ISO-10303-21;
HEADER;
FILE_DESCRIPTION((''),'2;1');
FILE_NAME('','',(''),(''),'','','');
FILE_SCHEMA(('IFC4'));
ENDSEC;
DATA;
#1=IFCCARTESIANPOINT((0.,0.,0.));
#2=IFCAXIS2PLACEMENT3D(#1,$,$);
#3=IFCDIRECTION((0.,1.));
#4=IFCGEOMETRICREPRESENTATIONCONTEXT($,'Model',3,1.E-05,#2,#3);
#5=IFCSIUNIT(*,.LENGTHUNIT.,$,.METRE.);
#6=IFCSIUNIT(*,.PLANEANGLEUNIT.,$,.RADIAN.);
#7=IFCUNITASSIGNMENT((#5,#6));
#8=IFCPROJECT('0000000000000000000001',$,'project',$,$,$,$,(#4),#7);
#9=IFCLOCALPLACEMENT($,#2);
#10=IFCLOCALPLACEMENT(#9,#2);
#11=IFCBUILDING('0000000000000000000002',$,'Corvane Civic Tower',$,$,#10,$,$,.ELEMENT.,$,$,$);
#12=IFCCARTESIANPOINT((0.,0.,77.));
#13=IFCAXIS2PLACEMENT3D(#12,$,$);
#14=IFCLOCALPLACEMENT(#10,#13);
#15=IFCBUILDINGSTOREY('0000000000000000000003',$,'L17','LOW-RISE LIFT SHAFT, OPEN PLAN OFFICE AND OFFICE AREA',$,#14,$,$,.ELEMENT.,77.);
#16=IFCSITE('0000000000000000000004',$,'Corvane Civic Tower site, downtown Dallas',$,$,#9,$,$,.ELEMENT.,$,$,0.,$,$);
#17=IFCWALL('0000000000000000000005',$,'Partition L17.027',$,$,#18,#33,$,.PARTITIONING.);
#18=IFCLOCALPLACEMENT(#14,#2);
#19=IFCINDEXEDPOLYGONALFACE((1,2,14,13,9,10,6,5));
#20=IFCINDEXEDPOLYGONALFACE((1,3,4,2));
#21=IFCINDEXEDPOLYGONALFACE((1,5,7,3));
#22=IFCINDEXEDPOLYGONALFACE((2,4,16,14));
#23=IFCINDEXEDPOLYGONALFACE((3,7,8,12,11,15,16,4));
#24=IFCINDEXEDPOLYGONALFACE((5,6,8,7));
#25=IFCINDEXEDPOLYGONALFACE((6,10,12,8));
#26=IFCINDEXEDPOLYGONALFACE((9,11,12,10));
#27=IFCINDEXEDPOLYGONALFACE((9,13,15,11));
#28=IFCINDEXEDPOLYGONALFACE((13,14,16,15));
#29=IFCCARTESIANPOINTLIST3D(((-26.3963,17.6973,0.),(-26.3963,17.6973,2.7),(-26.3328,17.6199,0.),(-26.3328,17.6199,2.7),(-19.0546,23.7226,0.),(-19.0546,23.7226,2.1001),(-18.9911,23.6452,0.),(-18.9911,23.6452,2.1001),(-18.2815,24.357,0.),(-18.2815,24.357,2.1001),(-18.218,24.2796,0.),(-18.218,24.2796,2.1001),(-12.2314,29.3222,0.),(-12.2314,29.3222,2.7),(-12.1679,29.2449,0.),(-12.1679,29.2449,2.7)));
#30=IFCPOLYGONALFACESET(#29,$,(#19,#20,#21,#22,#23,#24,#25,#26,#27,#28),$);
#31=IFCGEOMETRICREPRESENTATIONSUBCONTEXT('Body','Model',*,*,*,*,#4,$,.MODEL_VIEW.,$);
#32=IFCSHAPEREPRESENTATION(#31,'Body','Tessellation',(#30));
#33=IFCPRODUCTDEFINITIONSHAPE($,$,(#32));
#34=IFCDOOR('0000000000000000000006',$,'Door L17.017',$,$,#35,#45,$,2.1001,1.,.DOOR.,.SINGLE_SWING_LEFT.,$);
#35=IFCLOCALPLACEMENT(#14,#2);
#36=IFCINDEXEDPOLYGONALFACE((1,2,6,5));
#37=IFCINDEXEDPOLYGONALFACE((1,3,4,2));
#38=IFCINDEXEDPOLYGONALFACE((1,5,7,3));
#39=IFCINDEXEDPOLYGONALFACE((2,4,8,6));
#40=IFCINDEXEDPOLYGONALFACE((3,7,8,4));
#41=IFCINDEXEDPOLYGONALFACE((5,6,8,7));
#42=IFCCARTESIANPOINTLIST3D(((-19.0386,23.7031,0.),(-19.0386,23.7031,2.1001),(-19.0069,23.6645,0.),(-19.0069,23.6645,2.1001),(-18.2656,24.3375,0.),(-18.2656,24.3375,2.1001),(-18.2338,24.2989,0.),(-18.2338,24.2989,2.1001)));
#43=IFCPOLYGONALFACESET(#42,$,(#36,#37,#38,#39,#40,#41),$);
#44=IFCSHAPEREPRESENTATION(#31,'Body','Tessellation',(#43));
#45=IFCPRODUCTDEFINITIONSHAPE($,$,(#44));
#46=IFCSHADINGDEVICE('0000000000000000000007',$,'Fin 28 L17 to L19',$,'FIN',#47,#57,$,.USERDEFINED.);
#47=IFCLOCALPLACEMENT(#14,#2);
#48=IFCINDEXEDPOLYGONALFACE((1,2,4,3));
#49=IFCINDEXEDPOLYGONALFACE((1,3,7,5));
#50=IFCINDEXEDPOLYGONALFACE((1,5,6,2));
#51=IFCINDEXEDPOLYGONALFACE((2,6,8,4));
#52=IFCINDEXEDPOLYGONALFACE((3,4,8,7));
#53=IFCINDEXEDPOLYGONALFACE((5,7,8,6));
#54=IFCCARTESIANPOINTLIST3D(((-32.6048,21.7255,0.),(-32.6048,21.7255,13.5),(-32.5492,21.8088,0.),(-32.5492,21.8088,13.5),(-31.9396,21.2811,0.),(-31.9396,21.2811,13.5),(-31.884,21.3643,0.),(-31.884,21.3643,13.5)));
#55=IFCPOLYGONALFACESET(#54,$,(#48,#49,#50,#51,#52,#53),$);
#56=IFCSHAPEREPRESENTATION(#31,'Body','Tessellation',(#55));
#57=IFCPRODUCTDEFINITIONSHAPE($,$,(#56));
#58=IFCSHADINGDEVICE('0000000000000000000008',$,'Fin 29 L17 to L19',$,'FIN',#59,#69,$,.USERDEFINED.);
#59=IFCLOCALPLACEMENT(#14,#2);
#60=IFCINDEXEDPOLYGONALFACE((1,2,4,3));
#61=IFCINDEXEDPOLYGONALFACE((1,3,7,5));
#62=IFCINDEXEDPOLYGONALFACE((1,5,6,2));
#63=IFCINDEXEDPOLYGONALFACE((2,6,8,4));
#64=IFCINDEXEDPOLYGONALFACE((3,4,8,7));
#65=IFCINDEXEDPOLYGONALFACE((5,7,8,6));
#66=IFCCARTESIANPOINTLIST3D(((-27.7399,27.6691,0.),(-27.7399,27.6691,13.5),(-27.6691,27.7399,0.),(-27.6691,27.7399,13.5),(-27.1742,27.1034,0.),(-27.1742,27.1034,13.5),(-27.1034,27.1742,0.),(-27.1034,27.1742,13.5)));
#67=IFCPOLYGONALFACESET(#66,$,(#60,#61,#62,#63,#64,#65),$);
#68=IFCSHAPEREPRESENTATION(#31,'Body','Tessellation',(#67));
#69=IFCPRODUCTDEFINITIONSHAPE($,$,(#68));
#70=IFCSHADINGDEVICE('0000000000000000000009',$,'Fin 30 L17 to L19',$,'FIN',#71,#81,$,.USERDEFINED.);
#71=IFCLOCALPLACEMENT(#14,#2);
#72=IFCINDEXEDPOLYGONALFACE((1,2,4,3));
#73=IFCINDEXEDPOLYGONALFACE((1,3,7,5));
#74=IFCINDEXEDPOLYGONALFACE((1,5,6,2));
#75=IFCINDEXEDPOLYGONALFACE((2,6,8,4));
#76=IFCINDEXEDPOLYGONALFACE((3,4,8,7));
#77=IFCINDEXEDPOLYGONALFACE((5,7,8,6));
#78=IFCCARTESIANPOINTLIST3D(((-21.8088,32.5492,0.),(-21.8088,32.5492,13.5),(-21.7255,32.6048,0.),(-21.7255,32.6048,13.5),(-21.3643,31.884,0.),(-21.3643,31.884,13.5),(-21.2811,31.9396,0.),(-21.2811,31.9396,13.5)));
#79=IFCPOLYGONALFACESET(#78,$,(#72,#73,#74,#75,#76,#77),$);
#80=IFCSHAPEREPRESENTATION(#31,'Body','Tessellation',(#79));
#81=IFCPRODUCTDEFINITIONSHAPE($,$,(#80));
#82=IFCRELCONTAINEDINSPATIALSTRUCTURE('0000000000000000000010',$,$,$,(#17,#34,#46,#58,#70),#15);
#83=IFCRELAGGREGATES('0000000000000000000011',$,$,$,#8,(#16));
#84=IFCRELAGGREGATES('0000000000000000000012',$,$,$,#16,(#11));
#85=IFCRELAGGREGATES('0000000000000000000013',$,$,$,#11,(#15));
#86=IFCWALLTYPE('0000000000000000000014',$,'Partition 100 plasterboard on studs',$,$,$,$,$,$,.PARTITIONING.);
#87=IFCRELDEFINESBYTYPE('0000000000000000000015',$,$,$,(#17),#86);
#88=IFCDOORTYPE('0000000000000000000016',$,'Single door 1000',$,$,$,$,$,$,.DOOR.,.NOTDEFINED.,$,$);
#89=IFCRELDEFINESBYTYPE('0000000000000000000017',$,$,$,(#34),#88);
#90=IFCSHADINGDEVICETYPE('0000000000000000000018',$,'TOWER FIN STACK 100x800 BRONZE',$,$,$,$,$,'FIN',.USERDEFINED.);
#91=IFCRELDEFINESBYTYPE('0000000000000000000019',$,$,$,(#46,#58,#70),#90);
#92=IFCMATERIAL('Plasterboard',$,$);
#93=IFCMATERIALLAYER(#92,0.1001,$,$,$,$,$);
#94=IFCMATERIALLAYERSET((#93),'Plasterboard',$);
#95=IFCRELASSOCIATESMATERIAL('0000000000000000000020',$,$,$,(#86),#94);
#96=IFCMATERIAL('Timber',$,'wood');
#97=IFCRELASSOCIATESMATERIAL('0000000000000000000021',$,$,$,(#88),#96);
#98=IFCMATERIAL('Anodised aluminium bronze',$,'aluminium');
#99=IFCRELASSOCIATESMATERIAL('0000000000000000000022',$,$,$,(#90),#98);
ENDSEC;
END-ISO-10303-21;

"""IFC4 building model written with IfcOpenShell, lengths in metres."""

from ifc_helpers import new_model, si_unit, direction, frame, frame_2d, origin, origin_2d, place, context, subcontext, project, spatial, rectangle, extrude, material, layer, layer_set, material_profile, profile_set, type_object, element, fill, save


model = new_model("IFC4")

# Units and contexts
model_context = context("Model", 3, precision=1e-05, world=origin(), true_north=direction((0.0, 1.0)))
body_context = subcontext(model_context, "Body", "Model", "MODEL_VIEW")
ifc_project = project(units=[si_unit("LENGTHUNIT", "METRE"), si_unit("PLANEANGLEUNIT", "RADIAN")], contexts=[model_context])

# Site, building, storey
site_placement = place(None, origin())
site = spatial("IfcSite", under=ifc_project, at=site_placement, Name="Corvane Civic Tower site, downtown Dallas", CompositionType="ELEMENT", RefElevation=0.0)
building_placement = place(site_placement, origin())
building = spatial("IfcBuilding", under=site, at=building_placement, Name="Corvane Civic Tower", CompositionType="ELEMENT")
storey_placement = place(building_placement, frame((0.0, 0.0, 77.0)))
storey = spatial("IfcBuildingStorey", under=building, at=storey_placement, Name="L17", Description="LOW-RISE LIFT SHAFT, OPEN PLAN OFFICE AND OFFICE AREA", CompositionType="ELEMENT", Elevation=77.0)

# Shared definitions
ifc_material_1 = material(Name="Plasterboard")
ifc_layer_1 = layer(ifc_material_1, 0.1001)
ifc_layer_set_1 = layer_set([ifc_layer_1], Name="Plasterboard")
wall_type = type_object("IfcWallType", Name="Partition 100 plasterboard on studs", PredefinedType="PARTITIONING", material=ifc_layer_set_1)

# Wall, opening, door
wall_1_placement = place(storey_placement, frame((-26.3645, 17.6587, 0.0), z_axis=(0.0, 0.0, 1.0), x_axis=(0.773009, 0.634395, 0.0)))
wall_1 = element("IfcWall", 1, at=wall_1_placement, inside=storey, type_object=wall_type, Name="Partition L17.027", PredefinedType="PARTITIONING", context=body_context, shape_type="SweptSolid", body=[
    extrude(rectangle(XDim=18.3245, YDim=0.1001, at=frame_2d((9.1621, 0.0))), origin(), (0.0, 0.0, 1.0), 2.7),
])
opening_placement = place(wall_1_placement, frame((9.4976, 0.0, 0.0)))
opening = element("IfcOpeningElement", 2, at=opening_placement, cuts=wall_1, PredefinedType="OPENING", context=body_context, shape_type="SweptSolid", body=[
    extrude(rectangle(XDim=1.0, YDim=2.1001, at=frame_2d((0.5, 1.05))), frame((0.0, 0.0601, 0.0), z_axis=(0.0, -1.0, 0.0), x_axis=(1.0, 0.0, 0.0)), (0.0, 0.0, 1.0), 0.1201),
])
ifc_material_2 = material(Name="Timber", Category="wood")
door_type = type_object("IfcDoorType", Name="Single door 1000", OperationType="NOTDEFINED", PredefinedType="DOOR", material=ifc_material_2)
door_placement = place(opening_placement, origin())
door = element("IfcDoor", 3, at=door_placement, inside=storey, type_object=door_type, Name="Door L17.017", OperationType="SINGLE_SWING_LEFT", OverallHeight=2.1001, OverallWidth=1.0, PredefinedType="DOOR", context=body_context, shape_type="SweptSolid", body=[
    extrude(rectangle(XDim=1.0, YDim=2.1001, at=frame_2d((0.5, 1.05))), frame((0.0, 0.0249, 0.0), z_axis=(0.0, -1.0, 0.0), x_axis=(1.0, 0.0, 0.0)), (0.0, 0.0, 1.0), 0.05),
])
fill(opening, door)

# Shading devices
ifc_material_3 = material(Name="Anodised aluminium bronze", Category="aluminium")
ifc_material_profile_1 = material_profile(ifc_material_3, rectangle(XDim=0.1001, YDim=0.8, at=origin_2d()), Name="TOWER FIN STACK 100x800 BRONZE")
ifc_profile_set_1 = profile_set([ifc_material_profile_1], Name="Anodised aluminium bronze")
shading_device_type = type_object("IfcShadingDeviceType", Name="TOWER FIN STACK 100x800 BRONZE", ElementType="FIN", PredefinedType="USERDEFINED", material=ifc_profile_set_1)
for number, where, z_axis, x_axis, name in (
    (4, (-32.2444, 21.5449, 0.0), (0.0, 0.0, 1.0), (0.55557, 0.83147, 0.0), "Fin 28 L17 to L19"),
    (5, (-27.4216, 27.4216, 0.0), (0.0, 0.0, 1.0), (0.707107, 0.707107, 0.0), "Fin 29 L17 to L19"),
    (6, (-21.5449, 32.2444, 0.0), (0.0, 0.0, 1.0), (0.83147, 0.55557, 0.0), "Fin 30 L17 to L19"),
):
    element("IfcShadingDevice", number, at=place(storey_placement, frame(where, z_axis=z_axis, x_axis=x_axis)), inside=storey, type_object=shading_device_type, Name=name, ObjectType="FIN", PredefinedType="USERDEFINED", context=body_context, shape_type="SweptSolid", body=[
        extrude(rectangle(XDim=0.1001, YDim=0.8, at=origin_2d()), origin(), (0.0, 0.0, 1.0), 13.5),
    ])

save(model, "model.ifc")
